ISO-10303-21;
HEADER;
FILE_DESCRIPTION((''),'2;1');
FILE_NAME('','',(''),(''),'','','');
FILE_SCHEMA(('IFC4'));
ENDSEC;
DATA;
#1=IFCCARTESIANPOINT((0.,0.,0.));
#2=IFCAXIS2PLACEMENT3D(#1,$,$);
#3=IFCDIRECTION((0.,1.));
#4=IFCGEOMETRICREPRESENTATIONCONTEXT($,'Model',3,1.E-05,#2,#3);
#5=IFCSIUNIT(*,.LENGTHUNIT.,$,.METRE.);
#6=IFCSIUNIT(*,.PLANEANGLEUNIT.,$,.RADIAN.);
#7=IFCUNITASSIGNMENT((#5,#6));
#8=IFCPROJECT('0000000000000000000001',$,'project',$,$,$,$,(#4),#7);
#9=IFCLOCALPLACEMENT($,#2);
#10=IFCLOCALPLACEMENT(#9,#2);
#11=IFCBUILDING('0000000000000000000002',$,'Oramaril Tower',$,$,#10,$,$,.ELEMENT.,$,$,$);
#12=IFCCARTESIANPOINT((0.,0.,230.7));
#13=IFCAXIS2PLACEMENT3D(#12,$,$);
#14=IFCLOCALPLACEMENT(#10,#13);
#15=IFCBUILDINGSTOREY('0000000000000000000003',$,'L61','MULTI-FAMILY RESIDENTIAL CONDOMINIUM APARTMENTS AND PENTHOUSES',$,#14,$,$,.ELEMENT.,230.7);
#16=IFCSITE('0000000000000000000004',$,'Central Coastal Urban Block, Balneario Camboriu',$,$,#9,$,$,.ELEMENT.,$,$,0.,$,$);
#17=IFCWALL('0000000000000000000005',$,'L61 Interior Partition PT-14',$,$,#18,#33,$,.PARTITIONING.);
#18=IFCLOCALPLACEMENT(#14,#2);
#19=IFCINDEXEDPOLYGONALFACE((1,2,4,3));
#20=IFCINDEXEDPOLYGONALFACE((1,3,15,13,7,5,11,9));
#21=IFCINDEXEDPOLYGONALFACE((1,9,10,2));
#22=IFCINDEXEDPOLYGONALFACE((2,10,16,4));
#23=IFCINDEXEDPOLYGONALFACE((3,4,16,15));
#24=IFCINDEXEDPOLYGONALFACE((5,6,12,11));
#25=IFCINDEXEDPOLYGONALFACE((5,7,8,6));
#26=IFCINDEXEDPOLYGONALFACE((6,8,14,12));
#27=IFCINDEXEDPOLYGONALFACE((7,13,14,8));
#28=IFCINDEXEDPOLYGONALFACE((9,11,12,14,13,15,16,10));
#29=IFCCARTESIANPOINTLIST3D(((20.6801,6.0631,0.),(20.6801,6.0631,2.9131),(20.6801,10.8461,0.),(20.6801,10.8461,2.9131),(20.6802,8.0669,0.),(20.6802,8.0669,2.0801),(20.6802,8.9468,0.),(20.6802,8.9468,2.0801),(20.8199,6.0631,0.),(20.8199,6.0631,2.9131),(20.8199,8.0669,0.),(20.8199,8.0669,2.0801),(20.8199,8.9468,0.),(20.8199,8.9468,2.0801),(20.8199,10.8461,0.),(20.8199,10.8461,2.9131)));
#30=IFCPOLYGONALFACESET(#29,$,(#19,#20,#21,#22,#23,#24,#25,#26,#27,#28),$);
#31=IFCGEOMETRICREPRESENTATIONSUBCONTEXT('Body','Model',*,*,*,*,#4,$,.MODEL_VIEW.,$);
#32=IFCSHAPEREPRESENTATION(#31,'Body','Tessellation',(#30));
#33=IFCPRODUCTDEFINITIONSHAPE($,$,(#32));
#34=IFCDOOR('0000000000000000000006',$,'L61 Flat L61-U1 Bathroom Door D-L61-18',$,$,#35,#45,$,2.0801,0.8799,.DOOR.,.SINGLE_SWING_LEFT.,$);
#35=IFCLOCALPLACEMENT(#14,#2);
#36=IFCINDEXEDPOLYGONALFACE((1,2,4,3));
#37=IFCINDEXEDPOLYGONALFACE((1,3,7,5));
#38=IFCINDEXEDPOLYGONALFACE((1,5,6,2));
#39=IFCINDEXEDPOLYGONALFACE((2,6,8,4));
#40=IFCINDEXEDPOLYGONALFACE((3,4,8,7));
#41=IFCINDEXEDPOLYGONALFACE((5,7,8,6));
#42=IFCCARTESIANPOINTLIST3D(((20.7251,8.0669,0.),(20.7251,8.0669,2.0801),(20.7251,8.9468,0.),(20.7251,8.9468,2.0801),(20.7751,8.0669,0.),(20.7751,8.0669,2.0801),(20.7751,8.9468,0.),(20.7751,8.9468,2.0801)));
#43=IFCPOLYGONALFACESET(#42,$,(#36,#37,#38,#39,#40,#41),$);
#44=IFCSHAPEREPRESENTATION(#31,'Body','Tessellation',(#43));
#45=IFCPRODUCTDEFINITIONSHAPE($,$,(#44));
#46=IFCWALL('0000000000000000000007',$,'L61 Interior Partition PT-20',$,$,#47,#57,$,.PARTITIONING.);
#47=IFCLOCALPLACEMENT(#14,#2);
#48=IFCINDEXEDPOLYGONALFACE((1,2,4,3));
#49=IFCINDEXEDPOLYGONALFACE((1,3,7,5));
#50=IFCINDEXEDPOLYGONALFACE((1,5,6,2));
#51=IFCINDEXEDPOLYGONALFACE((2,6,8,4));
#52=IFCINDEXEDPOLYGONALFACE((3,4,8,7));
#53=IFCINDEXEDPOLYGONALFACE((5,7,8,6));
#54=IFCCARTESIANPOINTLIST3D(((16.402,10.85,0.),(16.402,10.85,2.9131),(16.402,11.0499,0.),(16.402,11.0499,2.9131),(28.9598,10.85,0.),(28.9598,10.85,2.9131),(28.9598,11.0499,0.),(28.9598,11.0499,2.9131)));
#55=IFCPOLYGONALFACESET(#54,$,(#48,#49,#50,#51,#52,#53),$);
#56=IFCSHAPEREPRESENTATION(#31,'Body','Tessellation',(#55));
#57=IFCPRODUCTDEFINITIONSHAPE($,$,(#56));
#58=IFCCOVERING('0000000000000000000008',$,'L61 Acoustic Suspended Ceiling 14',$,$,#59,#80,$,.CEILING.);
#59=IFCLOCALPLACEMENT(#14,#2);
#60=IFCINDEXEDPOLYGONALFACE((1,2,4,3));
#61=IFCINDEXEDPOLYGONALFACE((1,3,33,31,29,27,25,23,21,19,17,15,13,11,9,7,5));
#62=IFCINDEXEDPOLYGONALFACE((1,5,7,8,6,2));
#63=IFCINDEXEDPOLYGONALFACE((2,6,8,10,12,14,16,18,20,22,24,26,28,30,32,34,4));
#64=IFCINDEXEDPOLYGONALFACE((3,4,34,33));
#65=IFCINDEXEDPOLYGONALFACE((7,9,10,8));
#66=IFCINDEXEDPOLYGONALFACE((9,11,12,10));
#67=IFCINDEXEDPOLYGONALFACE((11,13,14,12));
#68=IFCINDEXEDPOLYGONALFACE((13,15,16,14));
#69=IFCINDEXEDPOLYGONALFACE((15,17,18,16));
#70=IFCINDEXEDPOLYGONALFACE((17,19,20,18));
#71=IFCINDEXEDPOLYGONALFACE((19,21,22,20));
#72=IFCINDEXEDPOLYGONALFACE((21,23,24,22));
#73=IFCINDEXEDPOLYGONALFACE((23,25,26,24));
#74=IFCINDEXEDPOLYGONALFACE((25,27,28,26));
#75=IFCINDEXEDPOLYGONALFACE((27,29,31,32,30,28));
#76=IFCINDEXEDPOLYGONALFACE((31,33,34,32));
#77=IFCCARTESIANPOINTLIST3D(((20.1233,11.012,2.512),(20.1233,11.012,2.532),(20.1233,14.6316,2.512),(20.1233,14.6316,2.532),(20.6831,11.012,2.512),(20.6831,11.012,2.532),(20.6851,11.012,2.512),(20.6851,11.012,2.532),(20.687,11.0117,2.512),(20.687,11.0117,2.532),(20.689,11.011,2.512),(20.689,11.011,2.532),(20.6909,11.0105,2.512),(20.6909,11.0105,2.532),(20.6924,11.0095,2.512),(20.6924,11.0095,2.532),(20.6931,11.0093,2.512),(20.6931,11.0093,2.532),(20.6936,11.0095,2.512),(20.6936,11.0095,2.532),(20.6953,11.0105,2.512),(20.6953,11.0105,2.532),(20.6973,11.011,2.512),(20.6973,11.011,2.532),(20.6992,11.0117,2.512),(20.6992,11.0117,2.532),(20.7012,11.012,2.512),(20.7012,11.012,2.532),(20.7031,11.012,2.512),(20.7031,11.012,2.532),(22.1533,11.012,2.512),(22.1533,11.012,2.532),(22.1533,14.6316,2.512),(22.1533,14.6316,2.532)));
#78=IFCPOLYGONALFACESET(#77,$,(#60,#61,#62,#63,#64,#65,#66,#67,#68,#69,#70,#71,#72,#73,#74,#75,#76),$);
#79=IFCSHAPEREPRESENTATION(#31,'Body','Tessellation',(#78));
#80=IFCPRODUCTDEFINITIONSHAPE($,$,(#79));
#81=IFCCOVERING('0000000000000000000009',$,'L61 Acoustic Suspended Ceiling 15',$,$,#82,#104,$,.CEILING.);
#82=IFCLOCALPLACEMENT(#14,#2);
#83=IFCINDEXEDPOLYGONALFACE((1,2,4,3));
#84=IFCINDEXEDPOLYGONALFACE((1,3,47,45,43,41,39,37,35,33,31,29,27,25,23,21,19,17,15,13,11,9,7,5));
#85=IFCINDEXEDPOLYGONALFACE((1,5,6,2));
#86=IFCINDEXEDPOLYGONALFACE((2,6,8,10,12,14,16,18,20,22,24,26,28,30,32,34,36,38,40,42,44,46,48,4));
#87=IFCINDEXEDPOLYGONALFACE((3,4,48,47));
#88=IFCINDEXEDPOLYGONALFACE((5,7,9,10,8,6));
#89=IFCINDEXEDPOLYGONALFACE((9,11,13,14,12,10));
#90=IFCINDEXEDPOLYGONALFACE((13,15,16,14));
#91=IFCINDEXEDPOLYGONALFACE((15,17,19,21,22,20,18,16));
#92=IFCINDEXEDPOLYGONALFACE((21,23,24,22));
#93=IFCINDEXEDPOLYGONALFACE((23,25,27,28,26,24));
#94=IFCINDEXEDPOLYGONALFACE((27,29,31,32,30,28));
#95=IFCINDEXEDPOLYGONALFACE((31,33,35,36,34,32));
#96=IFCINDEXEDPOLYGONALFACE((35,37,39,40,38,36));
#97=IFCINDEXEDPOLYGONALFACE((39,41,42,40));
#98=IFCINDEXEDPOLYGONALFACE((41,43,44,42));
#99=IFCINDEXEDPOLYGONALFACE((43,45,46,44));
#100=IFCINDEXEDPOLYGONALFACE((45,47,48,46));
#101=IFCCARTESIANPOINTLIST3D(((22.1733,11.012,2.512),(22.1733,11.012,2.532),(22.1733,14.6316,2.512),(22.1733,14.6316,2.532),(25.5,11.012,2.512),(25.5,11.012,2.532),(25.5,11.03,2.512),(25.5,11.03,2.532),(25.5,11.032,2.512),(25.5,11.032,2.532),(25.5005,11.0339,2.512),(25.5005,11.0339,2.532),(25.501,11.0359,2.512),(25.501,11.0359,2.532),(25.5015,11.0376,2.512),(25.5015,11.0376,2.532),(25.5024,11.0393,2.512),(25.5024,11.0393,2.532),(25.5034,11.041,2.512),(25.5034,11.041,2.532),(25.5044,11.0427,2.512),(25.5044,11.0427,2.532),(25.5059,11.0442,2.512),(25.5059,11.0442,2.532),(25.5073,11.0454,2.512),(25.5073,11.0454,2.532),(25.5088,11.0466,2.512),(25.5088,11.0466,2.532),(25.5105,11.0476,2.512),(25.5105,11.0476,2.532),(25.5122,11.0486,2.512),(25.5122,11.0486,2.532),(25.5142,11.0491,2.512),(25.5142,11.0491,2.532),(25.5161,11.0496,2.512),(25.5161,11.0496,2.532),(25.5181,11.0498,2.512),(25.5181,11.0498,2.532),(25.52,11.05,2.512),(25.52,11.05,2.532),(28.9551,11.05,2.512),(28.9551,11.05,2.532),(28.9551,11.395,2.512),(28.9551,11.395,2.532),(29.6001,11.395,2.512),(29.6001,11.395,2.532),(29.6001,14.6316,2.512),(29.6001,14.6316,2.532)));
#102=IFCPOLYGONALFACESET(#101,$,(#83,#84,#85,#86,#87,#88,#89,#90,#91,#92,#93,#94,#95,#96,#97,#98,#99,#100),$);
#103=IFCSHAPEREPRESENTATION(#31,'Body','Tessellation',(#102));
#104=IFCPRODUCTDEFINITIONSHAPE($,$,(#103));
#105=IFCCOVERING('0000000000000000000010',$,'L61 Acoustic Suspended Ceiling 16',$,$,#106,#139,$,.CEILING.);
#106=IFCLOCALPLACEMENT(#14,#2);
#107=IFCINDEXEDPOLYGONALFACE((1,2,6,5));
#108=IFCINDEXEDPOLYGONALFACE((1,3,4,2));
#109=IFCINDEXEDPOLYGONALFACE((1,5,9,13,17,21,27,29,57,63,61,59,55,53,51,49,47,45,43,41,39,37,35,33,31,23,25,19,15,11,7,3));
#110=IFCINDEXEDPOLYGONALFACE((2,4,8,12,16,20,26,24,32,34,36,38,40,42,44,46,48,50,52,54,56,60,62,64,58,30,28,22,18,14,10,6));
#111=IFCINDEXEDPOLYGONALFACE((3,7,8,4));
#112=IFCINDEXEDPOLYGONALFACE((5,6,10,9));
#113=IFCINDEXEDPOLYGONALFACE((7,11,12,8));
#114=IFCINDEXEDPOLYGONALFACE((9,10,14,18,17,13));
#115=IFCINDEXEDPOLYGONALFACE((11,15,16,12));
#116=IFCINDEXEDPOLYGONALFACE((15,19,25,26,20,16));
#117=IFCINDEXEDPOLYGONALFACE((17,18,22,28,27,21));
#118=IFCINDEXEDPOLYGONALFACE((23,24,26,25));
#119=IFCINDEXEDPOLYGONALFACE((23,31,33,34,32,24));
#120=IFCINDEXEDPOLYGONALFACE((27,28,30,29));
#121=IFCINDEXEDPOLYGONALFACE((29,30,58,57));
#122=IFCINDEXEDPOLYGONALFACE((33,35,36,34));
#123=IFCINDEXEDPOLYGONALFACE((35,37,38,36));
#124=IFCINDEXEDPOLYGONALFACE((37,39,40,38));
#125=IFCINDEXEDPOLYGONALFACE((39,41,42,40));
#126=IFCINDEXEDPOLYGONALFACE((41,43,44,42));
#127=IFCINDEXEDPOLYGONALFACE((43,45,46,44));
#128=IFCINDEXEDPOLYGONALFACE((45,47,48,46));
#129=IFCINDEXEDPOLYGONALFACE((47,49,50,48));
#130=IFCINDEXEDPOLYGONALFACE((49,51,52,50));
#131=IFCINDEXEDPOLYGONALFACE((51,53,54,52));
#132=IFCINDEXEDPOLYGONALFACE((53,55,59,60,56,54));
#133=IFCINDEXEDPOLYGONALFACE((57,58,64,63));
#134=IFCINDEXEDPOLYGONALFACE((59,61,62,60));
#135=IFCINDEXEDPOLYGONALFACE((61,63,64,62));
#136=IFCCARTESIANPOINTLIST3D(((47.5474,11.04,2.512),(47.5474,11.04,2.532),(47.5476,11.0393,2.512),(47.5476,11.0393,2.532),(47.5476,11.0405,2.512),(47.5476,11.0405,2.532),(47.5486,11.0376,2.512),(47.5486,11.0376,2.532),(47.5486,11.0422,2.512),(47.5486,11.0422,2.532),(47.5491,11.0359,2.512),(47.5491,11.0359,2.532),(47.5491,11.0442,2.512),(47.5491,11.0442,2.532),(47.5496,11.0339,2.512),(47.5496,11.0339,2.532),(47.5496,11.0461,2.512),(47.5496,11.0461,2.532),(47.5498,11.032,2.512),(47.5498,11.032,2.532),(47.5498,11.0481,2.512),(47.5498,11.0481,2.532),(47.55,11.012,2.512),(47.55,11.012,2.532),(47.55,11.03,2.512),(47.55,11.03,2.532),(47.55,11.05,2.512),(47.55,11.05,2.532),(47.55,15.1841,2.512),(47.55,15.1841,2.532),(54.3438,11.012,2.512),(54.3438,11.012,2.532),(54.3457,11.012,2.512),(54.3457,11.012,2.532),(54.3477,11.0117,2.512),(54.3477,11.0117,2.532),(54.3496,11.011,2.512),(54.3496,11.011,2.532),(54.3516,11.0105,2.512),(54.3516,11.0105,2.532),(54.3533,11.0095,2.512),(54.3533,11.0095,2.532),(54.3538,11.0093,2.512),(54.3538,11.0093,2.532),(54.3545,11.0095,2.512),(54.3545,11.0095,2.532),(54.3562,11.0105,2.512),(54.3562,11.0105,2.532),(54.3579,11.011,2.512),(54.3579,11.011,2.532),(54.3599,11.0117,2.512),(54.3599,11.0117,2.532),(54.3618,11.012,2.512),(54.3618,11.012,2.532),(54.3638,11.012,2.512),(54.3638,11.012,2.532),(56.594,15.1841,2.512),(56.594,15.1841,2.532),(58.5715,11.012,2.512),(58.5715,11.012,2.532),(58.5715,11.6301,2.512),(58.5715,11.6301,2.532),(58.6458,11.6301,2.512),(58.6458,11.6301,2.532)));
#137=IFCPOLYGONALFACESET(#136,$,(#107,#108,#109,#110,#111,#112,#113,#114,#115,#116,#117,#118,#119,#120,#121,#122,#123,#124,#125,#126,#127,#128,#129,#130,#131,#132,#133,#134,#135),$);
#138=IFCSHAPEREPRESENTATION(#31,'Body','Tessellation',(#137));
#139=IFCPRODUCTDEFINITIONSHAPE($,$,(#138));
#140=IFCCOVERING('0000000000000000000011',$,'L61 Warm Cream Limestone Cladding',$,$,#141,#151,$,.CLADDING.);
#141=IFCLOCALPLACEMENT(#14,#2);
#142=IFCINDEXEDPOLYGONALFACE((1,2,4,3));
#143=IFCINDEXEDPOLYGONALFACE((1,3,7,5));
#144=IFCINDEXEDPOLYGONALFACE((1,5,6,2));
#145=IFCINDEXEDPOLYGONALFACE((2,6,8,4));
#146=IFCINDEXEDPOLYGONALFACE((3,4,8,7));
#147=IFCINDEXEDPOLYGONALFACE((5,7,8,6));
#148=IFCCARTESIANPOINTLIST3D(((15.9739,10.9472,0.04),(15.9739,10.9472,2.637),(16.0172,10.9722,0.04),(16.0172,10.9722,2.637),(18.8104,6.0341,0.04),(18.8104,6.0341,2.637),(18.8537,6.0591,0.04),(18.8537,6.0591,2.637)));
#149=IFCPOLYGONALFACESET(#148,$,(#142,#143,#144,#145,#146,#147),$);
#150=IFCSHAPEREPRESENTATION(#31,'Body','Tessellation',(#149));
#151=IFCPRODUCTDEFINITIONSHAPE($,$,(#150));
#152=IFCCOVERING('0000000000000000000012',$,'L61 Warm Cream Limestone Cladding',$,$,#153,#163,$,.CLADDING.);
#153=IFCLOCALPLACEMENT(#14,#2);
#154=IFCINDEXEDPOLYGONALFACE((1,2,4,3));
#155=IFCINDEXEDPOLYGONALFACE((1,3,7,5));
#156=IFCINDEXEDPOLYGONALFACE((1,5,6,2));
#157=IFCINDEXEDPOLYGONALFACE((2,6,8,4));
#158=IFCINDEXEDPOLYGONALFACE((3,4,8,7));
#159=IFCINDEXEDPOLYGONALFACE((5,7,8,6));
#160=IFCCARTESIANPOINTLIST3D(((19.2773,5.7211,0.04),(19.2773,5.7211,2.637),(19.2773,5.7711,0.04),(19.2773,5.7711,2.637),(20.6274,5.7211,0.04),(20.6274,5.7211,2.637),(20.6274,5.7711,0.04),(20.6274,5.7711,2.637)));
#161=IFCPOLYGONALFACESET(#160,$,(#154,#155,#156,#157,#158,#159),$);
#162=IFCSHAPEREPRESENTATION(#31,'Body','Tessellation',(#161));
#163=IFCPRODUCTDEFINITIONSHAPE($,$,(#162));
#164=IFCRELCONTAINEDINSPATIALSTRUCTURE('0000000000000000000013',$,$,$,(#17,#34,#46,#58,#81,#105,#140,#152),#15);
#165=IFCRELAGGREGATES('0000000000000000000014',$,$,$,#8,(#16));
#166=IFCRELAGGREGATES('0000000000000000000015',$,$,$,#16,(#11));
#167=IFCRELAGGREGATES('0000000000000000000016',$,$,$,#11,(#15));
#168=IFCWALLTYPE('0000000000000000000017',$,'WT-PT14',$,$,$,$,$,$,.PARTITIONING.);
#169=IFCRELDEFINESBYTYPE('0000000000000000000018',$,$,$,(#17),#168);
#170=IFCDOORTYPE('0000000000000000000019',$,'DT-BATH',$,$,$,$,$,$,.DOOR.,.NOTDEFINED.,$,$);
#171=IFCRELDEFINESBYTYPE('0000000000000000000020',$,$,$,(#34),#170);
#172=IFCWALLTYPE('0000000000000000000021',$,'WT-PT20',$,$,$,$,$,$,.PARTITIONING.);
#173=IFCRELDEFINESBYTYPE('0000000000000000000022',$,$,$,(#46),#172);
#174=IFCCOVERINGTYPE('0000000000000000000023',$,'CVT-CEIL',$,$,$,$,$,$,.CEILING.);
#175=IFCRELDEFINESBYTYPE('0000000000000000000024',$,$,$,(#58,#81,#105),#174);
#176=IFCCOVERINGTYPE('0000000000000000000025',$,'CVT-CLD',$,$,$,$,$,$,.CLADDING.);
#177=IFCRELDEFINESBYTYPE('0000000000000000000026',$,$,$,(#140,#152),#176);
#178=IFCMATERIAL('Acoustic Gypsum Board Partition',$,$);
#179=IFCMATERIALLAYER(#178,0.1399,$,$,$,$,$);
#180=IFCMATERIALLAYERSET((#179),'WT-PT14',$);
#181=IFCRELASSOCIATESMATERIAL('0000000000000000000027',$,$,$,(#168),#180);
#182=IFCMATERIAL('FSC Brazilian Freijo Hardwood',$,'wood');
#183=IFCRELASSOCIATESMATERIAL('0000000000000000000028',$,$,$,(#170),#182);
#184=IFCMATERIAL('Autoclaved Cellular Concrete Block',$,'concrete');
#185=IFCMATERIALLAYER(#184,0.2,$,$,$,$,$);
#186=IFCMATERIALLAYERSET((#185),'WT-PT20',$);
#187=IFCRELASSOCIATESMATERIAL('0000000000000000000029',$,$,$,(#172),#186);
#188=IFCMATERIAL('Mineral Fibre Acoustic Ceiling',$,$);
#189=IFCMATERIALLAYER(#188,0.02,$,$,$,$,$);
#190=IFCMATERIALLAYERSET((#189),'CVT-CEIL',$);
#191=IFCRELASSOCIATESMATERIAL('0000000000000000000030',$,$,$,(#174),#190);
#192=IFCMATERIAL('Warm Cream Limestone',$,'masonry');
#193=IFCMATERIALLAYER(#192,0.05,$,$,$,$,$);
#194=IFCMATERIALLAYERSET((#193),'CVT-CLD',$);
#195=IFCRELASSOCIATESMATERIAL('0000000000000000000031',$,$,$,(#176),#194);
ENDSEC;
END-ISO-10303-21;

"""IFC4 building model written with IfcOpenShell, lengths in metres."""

from ifc_helpers import new_model, si_unit, direction, frame, frame_2d, origin, origin_2d, place, context, subcontext, project, spatial, polyline, rectangle, outline, extrude, material, layer, layer_set, type_object, element, fill, save


model = new_model("IFC4")

# Units and contexts
model_context = context("Model", 3, precision=1e-05, world=origin(), true_north=direction((0.0, 1.0)))
body_context = subcontext(model_context, "Body", "Model", "MODEL_VIEW")
ifc_project = project(units=[si_unit("LENGTHUNIT", "METRE"), si_unit("PLANEANGLEUNIT", "RADIAN")], contexts=[model_context])

# Site, building, storey
site_placement = place(None, origin())
site = spatial("IfcSite", under=ifc_project, at=site_placement, Name="Central Coastal Urban Block, Balneario Camboriu", CompositionType="ELEMENT", RefElevation=0.0)
building_placement = place(site_placement, origin())
building = spatial("IfcBuilding", under=site, at=building_placement, Name="Oramaril Tower", CompositionType="ELEMENT")
storey_placement = place(building_placement, frame((0.0, 0.0, 230.7)))
storey = spatial("IfcBuildingStorey", under=building, at=storey_placement, Name="L61", Description="MULTI-FAMILY RESIDENTIAL CONDOMINIUM APARTMENTS AND PENTHOUSES", CompositionType="ELEMENT", Elevation=230.7)

# Wall, opening, door
ifc_material_1 = material(Name="Acoustic Gypsum Board Partition")
ifc_layer_1 = layer(ifc_material_1, 0.1399)
ifc_layer_set_1 = layer_set([ifc_layer_1], Name="WT-PT14")
wall_type_1 = type_object("IfcWallType", Name="WT-PT14", PredefinedType="PARTITIONING", material=ifc_layer_set_1)
wall_1_placement = place(storey_placement, frame((20.75, 6.063, 0.0), z_axis=(0.0, 0.0, 1.0), x_axis=(0.0, 1.0, 0.0)))
wall_1 = element("IfcWall", 1, at=wall_1_placement, inside=storey, type_object=wall_type_1, Name="L61 Interior Partition PT-14", PredefinedType="PARTITIONING", context=body_context, shape_type="SweptSolid", body=[
    extrude(rectangle(XDim=4.783, YDim=0.1399, at=frame_2d((2.3916, 0.0))), origin(), (0.0, 0.0, 1.0), 2.9131),
])
opening_1_placement = place(wall_1_placement, frame((2.0039, 0.0, 0.0)))
opening_1 = element("IfcOpeningElement", 2, at=opening_1_placement, cuts=wall_1, PredefinedType="OPENING", context=body_context, shape_type="SweptSolid", body=[
    extrude(rectangle(XDim=0.8799, YDim=2.0801, at=frame_2d((0.4399, 1.04))), frame((0.0, 0.0698, 0.0), z_axis=(0.0, -1.0, 0.0), x_axis=(1.0, 0.0, 0.0)), (0.0, 0.0, 1.0), 0.1399),
])
ifc_material_2 = material(Name="FSC Brazilian Freijo Hardwood", Category="wood")
door_type_1 = type_object("IfcDoorType", Name="DT-BATH", OperationType="NOTDEFINED", PredefinedType="DOOR", material=ifc_material_2)
door_1_placement = place(opening_1_placement, origin())
door_1 = element("IfcDoor", 3, at=door_1_placement, inside=storey, type_object=door_type_1, Name="L61 Flat L61-U1 Bathroom Door D-L61-18", OperationType="SINGLE_SWING_LEFT", OverallHeight=2.0801, OverallWidth=0.8799, PredefinedType="DOOR", context=body_context, shape_type="SweptSolid", body=[
    extrude(rectangle(XDim=0.8799, YDim=2.0801, at=frame_2d((0.4399, 1.04))), frame((0.0, 0.0249, 0.0), z_axis=(0.0, -1.0, 0.0), x_axis=(1.0, 0.0, 0.0)), (0.0, 0.0, 1.0), 0.05),
])
fill(opening_1, door_1)

# Wall
ifc_material_3 = material(Name="Autoclaved Cellular Concrete Block", Category="concrete")
ifc_layer_2 = layer(ifc_material_3, 0.2)
ifc_layer_set_2 = layer_set([ifc_layer_2], Name="WT-PT20")
wall_type_2 = type_object("IfcWallType", Name="WT-PT20", PredefinedType="PARTITIONING", material=ifc_layer_set_2)
wall_2_placement = place(storey_placement, frame((16.4021, 10.95, 0.0), z_axis=(0.0, 0.0, 1.0), x_axis=(1.0, 0.0, 0.0)))
element("IfcWall", 4, at=wall_2_placement, inside=storey, type_object=wall_type_2, Name="L61 Interior Partition PT-20", PredefinedType="PARTITIONING", context=body_context, shape_type="SweptSolid", body=[
    extrude(rectangle(XDim=12.5579, YDim=0.2, at=frame_2d((6.2788, 0.0))), origin(), (0.0, 0.0, 1.0), 2.9131),
])

# Coverings
ifc_material_4 = material(Name="Mineral Fibre Acoustic Ceiling")
ifc_layer_3 = layer(ifc_material_4, 0.02)
ifc_layer_set_3 = layer_set([ifc_layer_3], Name="CVT-CEIL")
covering_type_1 = type_object("IfcCoveringType", Name="CVT-CEIL", PredefinedType="CEILING", material=ifc_layer_set_3)
covering_1_placement = place(storey_placement, frame((0.0, 0.0, 2.512)))
element("IfcCovering", 5, at=covering_1_placement, inside=storey, type_object=covering_type_1, Name="L61 Acoustic Suspended Ceiling 14", PredefinedType="CEILING", context=body_context, shape_type="SweptSolid", body=[
    extrude(outline(polyline([(22.1533, 11.012), (20.7031, 11.012), (20.7012, 11.012), (20.6992, 11.0117), (20.6973, 11.011), (20.6953, 11.0105), (20.6936, 11.0095), (20.6931, 11.0093), (20.6924, 11.0095), (20.6909, 11.0105), (20.689, 11.011), (20.687, 11.0117), (20.6851, 11.012), (20.6831, 11.012), (20.1233, 11.012), (20.1233, 14.6316), (22.1533, 14.6316), (22.1533, 11.012)])), origin(), (0.0, 0.0, 1.0), 0.02),
])
covering_2_placement = place(storey_placement, frame((0.0, 0.0, 2.512)))
element("IfcCovering", 6, at=covering_2_placement, inside=storey, type_object=covering_type_1, Name="L61 Acoustic Suspended Ceiling 15", PredefinedType="CEILING", context=body_context, shape_type="SweptSolid", body=[
    extrude(outline(polyline([(29.6001, 11.395), (28.9551, 11.395), (28.9551, 11.05), (25.52, 11.05), (25.5181, 11.0498), (25.5161, 11.0496), (25.5142, 11.0491), (25.5122, 11.0486), (25.5105, 11.0476), (25.5088, 11.0466), (25.5073, 11.0454), (25.5059, 11.0442), (25.5044, 11.0427), (25.5034, 11.041), (25.5024, 11.0393), (25.5015, 11.0376), (25.501, 11.0359), (25.5005, 11.0339), (25.5, 11.032), (25.5, 11.03), (25.5, 11.012), (22.1733, 11.012), (22.1733, 14.6316), (29.6001, 14.6316), (29.6001, 11.395)])), origin(), (0.0, 0.0, 1.0), 0.02),
])
covering_3_placement = place(storey_placement, frame((0.0, 0.0, 2.512)))
element("IfcCovering", 7, at=covering_3_placement, inside=storey, type_object=covering_type_1, Name="L61 Acoustic Suspended Ceiling 16", PredefinedType="CEILING", context=body_context, shape_type="SweptSolid", body=[
    extrude(outline(polyline([(56.594, 15.1841), (58.6458, 11.6301), (58.5715, 11.6301), (58.5715, 11.012), (54.3638, 11.012), (54.3618, 11.012), (54.3599, 11.0117), (54.3579, 11.011), (54.3562, 11.0105), (54.3545, 11.0095), (54.3538, 11.0093), (54.3533, 11.0095), (54.3516, 11.0105), (54.3496, 11.011), (54.3477, 11.0117), (54.3457, 11.012), (54.3438, 11.012), (47.55, 11.012), (47.55, 11.03), (47.5498, 11.032), (47.5496, 11.0339), (47.5491, 11.0359), (47.5486, 11.0376), (47.5476, 11.0393), (47.5474, 11.04), (47.5476, 11.0405), (47.5486, 11.0422), (47.5491, 11.0442), (47.5496, 11.0461), (47.5498, 11.0481), (47.55, 11.05), (47.55, 15.1841), (56.594, 15.1841)])), origin(), (0.0, 0.0, 1.0), 0.02),
])
ifc_material_5 = material(Name="Warm Cream Limestone", Category="masonry")
ifc_layer_4 = layer(ifc_material_5, 0.05)
ifc_layer_set_4 = layer_set([ifc_layer_4], Name="CVT-CLD")
covering_type_2 = type_object("IfcCoveringType", Name="CVT-CLD", PredefinedType="CLADDING", material=ifc_layer_set_4)
covering_4_placement = place(storey_placement, frame((17.4138, 8.5032, 0.04), z_axis=(0.0, 0.0, 1.0), x_axis=(0.499991, -0.866031, 0.0)))
element("IfcCovering", 8, at=covering_4_placement, inside=storey, type_object=covering_type_2, Name="L61 Warm Cream Limestone Cladding", PredefinedType="CLADDING", context=body_context, shape_type="SweptSolid", body=[
    extrude(rectangle(XDim=5.6731, YDim=0.05, at=origin_2d()), origin(), (0.0, 0.0, 1.0), 2.5969),
])
covering_5_placement = place(storey_placement, frame((19.9524, 5.7461, 0.04), z_axis=(0.0, 0.0, 1.0), x_axis=(1.0, 0.0, 0.0)))
element("IfcCovering", 9, at=covering_5_placement, inside=storey, type_object=covering_type_2, Name="L61 Warm Cream Limestone Cladding", PredefinedType="CLADDING", context=body_context, shape_type="SweptSolid", body=[
    extrude(rectangle(XDim=1.3501, YDim=0.05, at=origin_2d()), origin(), (0.0, 0.0, 1.0), 2.5969),
])

save(model, "model.ifc")
